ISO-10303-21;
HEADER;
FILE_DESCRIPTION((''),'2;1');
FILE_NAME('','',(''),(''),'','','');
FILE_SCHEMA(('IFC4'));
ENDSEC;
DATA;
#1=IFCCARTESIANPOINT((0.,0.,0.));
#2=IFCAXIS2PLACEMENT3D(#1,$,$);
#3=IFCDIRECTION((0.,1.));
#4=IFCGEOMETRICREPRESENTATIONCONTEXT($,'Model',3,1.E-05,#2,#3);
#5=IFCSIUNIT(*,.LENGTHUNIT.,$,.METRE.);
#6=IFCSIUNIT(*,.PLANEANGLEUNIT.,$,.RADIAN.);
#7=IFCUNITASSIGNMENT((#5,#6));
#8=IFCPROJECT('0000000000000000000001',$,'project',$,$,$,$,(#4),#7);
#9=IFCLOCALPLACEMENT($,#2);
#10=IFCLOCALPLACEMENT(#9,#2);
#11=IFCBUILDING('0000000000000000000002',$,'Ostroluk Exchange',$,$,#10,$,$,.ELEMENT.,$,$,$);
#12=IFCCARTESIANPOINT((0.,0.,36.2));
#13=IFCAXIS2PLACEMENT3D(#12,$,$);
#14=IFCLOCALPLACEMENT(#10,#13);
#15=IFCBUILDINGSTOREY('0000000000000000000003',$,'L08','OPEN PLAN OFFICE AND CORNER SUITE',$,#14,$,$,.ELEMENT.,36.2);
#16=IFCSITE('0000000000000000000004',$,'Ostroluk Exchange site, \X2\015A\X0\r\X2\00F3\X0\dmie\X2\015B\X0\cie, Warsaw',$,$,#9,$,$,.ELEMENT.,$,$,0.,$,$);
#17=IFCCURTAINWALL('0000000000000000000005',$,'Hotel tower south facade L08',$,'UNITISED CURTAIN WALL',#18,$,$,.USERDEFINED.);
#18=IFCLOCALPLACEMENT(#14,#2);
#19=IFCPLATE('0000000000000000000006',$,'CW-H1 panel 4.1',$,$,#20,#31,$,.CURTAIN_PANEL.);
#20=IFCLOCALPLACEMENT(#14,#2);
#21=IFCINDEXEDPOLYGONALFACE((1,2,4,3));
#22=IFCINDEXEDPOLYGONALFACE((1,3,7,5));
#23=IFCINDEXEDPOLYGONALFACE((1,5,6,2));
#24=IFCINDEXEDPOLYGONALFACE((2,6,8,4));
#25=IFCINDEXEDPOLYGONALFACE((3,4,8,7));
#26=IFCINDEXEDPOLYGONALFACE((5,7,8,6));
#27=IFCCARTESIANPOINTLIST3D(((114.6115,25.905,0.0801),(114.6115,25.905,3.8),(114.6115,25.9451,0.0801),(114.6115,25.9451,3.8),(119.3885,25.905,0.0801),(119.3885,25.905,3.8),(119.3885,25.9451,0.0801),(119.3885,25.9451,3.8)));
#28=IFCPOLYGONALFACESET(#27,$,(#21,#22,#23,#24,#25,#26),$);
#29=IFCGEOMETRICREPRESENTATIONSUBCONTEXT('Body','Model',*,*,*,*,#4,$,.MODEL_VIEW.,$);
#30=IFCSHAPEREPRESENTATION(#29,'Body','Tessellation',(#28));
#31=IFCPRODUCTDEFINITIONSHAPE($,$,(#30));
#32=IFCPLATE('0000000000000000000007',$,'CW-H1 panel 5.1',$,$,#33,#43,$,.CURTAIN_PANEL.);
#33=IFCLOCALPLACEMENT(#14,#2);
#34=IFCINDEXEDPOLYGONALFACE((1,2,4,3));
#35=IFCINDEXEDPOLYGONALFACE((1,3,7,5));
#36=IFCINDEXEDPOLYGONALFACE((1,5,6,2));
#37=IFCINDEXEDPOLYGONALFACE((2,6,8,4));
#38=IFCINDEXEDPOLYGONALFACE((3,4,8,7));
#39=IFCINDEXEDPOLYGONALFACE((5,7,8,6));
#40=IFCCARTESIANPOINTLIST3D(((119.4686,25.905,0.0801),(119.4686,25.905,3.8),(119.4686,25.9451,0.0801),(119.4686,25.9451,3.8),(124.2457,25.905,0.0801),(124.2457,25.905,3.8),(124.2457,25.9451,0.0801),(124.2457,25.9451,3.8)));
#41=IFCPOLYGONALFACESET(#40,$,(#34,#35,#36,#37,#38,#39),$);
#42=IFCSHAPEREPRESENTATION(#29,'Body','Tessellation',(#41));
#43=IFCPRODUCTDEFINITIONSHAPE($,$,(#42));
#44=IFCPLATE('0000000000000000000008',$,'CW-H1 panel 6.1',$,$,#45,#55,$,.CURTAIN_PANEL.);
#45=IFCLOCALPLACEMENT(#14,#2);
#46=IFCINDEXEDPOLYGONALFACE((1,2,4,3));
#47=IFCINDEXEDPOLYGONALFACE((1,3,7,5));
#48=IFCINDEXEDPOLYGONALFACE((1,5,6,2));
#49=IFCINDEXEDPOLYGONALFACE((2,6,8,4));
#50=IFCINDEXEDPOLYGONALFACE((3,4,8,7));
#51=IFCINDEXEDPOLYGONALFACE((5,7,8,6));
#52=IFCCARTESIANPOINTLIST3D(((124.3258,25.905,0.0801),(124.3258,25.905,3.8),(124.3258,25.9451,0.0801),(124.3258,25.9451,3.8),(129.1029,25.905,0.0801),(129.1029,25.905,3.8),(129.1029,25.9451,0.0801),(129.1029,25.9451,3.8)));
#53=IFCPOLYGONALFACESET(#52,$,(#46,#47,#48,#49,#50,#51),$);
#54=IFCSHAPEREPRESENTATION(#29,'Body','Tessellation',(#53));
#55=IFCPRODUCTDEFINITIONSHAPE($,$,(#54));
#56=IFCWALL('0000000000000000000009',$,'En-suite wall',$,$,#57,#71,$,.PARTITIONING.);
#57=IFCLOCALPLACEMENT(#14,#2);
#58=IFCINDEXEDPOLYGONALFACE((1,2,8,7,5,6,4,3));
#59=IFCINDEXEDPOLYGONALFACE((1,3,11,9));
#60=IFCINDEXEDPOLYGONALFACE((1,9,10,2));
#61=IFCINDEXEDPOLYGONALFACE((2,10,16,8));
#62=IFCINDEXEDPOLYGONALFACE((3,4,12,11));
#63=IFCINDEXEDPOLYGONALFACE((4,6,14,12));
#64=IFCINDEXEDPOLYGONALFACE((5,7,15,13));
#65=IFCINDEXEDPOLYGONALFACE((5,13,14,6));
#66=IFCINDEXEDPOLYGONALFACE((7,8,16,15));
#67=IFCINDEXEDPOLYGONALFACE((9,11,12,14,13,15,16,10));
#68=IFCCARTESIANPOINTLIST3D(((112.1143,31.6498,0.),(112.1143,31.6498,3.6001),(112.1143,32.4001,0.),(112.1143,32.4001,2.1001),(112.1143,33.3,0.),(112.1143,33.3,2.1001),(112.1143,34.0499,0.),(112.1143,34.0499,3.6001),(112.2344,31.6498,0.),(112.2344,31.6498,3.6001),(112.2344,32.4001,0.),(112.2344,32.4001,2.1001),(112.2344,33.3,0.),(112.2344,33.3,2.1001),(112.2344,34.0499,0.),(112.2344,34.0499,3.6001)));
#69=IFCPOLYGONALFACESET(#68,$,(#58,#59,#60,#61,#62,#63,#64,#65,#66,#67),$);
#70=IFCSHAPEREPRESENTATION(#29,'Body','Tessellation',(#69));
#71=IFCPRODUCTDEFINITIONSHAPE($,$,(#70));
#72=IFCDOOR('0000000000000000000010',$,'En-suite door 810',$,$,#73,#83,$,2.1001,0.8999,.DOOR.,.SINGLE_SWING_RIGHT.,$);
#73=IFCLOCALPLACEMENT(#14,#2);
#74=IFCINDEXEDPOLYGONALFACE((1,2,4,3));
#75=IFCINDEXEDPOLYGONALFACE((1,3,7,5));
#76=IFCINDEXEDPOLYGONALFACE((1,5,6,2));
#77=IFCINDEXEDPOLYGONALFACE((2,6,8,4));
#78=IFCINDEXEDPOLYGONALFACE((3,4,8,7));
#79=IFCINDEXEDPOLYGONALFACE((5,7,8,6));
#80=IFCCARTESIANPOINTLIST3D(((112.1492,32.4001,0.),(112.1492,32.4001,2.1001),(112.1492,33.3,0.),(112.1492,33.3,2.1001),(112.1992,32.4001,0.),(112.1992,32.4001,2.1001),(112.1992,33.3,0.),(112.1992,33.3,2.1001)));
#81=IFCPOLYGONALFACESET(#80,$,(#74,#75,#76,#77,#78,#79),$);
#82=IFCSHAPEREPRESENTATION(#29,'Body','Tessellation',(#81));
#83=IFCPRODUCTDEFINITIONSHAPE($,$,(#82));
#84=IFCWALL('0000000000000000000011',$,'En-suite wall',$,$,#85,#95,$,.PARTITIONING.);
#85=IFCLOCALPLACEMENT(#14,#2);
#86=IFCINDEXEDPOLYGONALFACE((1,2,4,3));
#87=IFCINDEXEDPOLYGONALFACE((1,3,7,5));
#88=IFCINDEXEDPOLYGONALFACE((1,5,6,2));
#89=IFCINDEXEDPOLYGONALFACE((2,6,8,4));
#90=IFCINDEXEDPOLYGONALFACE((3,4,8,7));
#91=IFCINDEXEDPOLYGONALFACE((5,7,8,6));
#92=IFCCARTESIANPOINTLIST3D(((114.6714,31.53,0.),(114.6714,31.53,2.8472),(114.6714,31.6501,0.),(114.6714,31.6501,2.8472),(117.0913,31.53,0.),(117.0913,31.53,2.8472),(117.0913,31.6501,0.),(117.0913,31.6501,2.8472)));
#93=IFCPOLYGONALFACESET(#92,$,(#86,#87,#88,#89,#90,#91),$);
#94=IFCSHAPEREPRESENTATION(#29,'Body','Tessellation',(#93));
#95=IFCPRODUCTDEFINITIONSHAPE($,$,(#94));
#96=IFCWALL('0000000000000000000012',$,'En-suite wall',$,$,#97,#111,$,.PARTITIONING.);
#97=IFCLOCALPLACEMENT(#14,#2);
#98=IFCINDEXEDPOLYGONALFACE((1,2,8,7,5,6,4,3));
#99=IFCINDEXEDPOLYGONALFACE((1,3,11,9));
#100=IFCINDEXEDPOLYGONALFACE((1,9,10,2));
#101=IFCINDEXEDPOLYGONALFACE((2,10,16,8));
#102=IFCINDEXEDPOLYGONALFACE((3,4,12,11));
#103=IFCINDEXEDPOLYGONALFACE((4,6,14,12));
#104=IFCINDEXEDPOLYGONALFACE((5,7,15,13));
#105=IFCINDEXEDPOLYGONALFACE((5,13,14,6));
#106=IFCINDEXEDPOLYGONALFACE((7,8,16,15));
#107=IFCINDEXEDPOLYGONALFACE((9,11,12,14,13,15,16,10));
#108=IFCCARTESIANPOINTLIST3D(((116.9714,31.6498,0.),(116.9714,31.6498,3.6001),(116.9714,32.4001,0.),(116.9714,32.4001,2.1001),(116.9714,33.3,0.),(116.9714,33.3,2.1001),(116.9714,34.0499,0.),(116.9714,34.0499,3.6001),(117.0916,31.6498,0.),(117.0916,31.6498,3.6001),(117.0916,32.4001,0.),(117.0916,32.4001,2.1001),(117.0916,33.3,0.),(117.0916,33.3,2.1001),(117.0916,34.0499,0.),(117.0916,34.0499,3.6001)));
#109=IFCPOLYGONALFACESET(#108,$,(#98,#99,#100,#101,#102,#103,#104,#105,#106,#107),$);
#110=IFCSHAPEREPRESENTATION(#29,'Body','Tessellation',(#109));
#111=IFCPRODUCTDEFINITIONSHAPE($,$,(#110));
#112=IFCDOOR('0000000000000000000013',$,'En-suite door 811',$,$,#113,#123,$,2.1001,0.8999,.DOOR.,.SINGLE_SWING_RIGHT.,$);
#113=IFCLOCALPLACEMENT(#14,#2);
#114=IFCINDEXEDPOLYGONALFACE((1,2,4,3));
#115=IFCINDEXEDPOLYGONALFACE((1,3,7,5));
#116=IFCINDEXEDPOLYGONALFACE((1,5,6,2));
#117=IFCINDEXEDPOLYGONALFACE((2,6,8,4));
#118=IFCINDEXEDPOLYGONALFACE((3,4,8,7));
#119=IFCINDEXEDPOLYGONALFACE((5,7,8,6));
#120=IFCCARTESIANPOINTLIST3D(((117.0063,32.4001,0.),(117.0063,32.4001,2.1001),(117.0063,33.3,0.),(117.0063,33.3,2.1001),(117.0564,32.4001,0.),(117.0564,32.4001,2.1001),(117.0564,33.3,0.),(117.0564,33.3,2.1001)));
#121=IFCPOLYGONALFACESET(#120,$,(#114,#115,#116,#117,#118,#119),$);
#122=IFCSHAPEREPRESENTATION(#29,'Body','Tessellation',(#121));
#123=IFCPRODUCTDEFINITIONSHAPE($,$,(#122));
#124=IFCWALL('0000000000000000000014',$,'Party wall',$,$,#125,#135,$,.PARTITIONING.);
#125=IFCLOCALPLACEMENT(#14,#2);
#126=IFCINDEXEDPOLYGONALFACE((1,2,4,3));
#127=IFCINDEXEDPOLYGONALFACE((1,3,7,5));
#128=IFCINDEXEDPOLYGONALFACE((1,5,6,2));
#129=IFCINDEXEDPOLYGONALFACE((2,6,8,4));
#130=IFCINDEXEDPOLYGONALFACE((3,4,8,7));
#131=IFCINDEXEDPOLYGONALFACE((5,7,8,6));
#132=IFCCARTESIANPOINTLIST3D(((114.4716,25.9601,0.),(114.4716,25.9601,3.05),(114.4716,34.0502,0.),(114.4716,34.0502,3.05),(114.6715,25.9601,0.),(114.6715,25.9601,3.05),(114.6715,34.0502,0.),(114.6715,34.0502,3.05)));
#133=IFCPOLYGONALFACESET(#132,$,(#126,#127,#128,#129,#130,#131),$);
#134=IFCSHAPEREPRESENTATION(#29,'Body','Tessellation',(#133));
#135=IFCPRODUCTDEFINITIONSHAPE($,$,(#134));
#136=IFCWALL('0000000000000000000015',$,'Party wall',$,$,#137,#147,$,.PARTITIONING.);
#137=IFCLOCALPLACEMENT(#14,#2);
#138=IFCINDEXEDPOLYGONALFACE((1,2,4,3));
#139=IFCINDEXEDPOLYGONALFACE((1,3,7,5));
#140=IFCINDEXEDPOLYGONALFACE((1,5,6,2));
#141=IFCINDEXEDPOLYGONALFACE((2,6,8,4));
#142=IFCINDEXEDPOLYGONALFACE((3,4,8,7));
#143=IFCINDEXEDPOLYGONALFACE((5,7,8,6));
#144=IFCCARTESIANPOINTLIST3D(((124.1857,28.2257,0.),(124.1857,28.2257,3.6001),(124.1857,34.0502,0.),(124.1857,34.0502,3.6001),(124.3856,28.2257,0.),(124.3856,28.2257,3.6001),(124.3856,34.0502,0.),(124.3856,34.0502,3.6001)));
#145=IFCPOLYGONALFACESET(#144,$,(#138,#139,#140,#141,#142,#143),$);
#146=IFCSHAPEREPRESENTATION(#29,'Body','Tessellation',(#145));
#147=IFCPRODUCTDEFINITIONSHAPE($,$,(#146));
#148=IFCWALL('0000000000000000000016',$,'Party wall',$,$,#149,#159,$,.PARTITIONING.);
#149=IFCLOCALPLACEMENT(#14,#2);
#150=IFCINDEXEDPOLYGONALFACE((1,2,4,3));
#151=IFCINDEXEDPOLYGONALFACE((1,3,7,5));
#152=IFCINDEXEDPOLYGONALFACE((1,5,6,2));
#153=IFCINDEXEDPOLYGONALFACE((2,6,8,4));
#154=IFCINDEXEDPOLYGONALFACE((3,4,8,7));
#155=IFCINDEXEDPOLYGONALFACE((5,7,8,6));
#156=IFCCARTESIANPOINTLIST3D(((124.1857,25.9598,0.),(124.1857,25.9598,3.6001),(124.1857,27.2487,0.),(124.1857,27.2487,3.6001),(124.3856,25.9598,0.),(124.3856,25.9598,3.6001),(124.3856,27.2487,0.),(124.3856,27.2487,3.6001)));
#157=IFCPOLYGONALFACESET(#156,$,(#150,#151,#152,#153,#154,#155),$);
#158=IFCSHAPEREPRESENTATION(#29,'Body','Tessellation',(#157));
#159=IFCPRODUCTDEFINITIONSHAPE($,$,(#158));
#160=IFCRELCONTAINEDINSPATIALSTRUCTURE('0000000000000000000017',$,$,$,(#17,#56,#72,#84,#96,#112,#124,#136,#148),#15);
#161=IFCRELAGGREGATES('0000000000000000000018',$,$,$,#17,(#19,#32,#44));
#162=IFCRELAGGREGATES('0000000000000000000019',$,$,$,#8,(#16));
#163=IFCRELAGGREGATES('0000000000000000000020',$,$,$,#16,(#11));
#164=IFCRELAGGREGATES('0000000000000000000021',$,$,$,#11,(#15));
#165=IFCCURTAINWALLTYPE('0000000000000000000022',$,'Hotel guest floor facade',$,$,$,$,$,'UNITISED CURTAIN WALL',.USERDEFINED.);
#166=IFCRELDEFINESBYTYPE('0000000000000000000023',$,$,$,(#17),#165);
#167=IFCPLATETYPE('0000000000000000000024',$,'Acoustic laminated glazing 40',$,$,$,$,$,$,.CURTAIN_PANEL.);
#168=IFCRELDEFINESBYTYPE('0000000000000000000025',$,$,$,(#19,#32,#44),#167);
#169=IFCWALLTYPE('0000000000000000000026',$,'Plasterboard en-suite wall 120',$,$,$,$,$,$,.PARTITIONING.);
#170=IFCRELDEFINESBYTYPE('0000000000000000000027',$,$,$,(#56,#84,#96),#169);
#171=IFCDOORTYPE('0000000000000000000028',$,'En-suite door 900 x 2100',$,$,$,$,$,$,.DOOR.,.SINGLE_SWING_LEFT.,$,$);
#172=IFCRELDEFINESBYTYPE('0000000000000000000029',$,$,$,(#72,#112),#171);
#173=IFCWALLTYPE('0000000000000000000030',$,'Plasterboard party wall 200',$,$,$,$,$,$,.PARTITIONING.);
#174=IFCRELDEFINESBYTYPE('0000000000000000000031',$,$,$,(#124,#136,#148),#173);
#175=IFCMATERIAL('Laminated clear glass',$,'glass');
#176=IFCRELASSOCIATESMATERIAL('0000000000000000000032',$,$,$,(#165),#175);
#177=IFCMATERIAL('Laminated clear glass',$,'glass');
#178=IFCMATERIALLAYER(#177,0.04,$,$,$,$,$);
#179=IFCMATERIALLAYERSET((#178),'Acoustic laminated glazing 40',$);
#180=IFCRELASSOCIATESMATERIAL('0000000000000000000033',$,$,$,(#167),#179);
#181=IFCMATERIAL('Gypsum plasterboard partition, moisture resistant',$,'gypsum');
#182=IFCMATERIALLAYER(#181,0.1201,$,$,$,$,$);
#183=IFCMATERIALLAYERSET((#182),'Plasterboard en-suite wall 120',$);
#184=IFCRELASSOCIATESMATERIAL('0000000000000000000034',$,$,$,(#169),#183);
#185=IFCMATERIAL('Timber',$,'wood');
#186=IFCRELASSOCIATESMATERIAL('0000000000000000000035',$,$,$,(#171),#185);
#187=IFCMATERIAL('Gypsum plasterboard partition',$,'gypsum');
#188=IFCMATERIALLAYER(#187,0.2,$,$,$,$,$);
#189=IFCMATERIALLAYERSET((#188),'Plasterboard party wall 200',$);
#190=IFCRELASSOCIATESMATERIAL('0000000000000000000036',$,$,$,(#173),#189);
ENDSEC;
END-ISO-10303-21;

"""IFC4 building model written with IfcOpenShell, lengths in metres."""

from ifc_helpers import new_model, si_unit, direction, frame, frame_2d, origin, origin_2d, place, context, subcontext, project, spatial, rectangle, extrude, material, layer, layer_set, type_object, element, fill, aggregate, save


model = new_model("IFC4")

# Units and contexts
model_context = context("Model", 3, precision=1e-05, world=origin(), true_north=direction((0.0, 1.0)))
body_context = subcontext(model_context, "Body", "Model", "MODEL_VIEW")
ifc_project = project(units=[si_unit("LENGTHUNIT", "METRE"), si_unit("PLANEANGLEUNIT", "RADIAN")], contexts=[model_context])

# Site, building, storey
site_placement = place(None, origin())
site = spatial("IfcSite", under=ifc_project, at=site_placement, Name="Ostroluk Exchange site, Śródmieście, Warsaw", CompositionType="ELEMENT", RefElevation=0.0)
building_placement = place(site_placement, origin())
building = spatial("IfcBuilding", under=site, at=building_placement, Name="Ostroluk Exchange", CompositionType="ELEMENT")
storey_placement = place(building_placement, frame((0.0, 0.0, 36.2)))
storey = spatial("IfcBuildingStorey", under=building, at=storey_placement, Name="L08", Description="OPEN PLAN OFFICE AND CORNER SUITE", CompositionType="ELEMENT", Elevation=36.2)

# Curtain wall, plates
ifc_material_1 = material(Name="Laminated clear glass", Category="glass")
curtain_wall_type = type_object("IfcCurtainWallType", Name="Hotel guest floor facade", ElementType="UNITISED CURTAIN WALL", PredefinedType="USERDEFINED", material=ifc_material_1)
curtain_wall_placement = place(storey_placement, origin())
curtain_wall = element("IfcCurtainWall", 1, at=curtain_wall_placement, inside=storey, type_object=curtain_wall_type, Name="Hotel tower south facade L08", ObjectType="UNITISED CURTAIN WALL", PredefinedType="USERDEFINED")
ifc_material_2 = material(Name="Laminated clear glass", Category="glass")
ifc_layer_1 = layer(ifc_material_2, 0.04)
ifc_layer_set_1 = layer_set([ifc_layer_1], Name="Acoustic laminated glazing 40")
plate_type = type_object("IfcPlateType", Name="Acoustic laminated glazing 40", PredefinedType="CURTAIN_PANEL", material=ifc_layer_set_1)
plate_1_placement = place(storey_placement, frame((117.0, 25.925, 0.0801), z_axis=(0.0, 0.0, 1.0), x_axis=(1.0, 0.0, 0.0)))
plate_1 = element("IfcPlate", 2, at=plate_1_placement, type_object=plate_type, Name="CW-H1 panel 4.1", PredefinedType="CURTAIN_PANEL", context=body_context, shape_type="SweptSolid", body=[
    extrude(rectangle(XDim=4.7771, YDim=0.04, at=origin_2d()), origin(), (0.0, 0.0, 1.0), 3.72),
])
plate_2_placement = place(storey_placement, frame((121.8572, 25.925, 0.0801), z_axis=(0.0, 0.0, 1.0), x_axis=(1.0, 0.0, 0.0)))
plate_2 = element("IfcPlate", 3, at=plate_2_placement, type_object=plate_type, Name="CW-H1 panel 5.1", PredefinedType="CURTAIN_PANEL", context=body_context, shape_type="SweptSolid", body=[
    extrude(rectangle(XDim=4.7771, YDim=0.04, at=origin_2d()), origin(), (0.0, 0.0, 1.0), 3.72),
])
plate_3_placement = place(storey_placement, frame((126.7144, 25.925, 0.0801), z_axis=(0.0, 0.0, 1.0), x_axis=(1.0, 0.0, 0.0)))
plate_3 = element("IfcPlate", 4, at=plate_3_placement, type_object=plate_type, Name="CW-H1 panel 6.1", PredefinedType="CURTAIN_PANEL", context=body_context, shape_type="SweptSolid", body=[
    extrude(rectangle(XDim=4.7771, YDim=0.04, at=origin_2d()), origin(), (0.0, 0.0, 1.0), 3.72),
])
aggregate(curtain_wall, [plate_1, plate_2, plate_3])

# Wall, opening, door
ifc_material_3 = material(Name="Gypsum plasterboard partition, moisture resistant", Category="gypsum")
ifc_layer_2 = layer(ifc_material_3, 0.1201)
ifc_layer_set_2 = layer_set([ifc_layer_2], Name="Plasterboard en-suite wall 120")
wall_type_1 = type_object("IfcWallType", Name="Plasterboard en-suite wall 120", PredefinedType="PARTITIONING", material=ifc_layer_set_2)
wall_1_placement = place(storey_placement, frame((112.1743, 34.05, 0.0), z_axis=(0.0, 0.0, 1.0), x_axis=(0.0, -1.0, 0.0)))
wall_1 = element("IfcWall", 5, at=wall_1_placement, inside=storey, type_object=wall_type_1, Name="En-suite wall", PredefinedType="PARTITIONING", context=body_context, shape_type="SweptSolid", body=[
    extrude(rectangle(XDim=2.4001, YDim=0.1201, at=frame_2d((1.2002, 0.0))), origin(), (0.0, 0.0, 1.0), 3.6001),
])
opening_1_placement = place(wall_1_placement, frame((0.75, 0.0, 0.0)))
opening_1 = element("IfcOpeningElement", 6, at=opening_1_placement, cuts=wall_1, PredefinedType="OPENING", context=body_context, shape_type="SweptSolid", body=[
    extrude(rectangle(XDim=0.8999, YDim=2.1001, at=frame_2d((0.45, 1.05))), frame((0.0, 0.0701, 0.0), z_axis=(0.0, -1.0, 0.0), x_axis=(1.0, 0.0, 0.0)), (0.0, 0.0, 1.0), 0.1401),
])
ifc_material_4 = material(Name="Timber", Category="wood")
door_type = type_object("IfcDoorType", Name="En-suite door 900 x 2100", OperationType="SINGLE_SWING_LEFT", PredefinedType="DOOR", material=ifc_material_4)
door_1_placement = place(opening_1_placement, origin())
door_1 = element("IfcDoor", 7, at=door_1_placement, inside=storey, type_object=door_type, Name="En-suite door 810", OperationType="SINGLE_SWING_RIGHT", OverallHeight=2.1001, OverallWidth=0.8999, PredefinedType="DOOR", context=body_context, shape_type="SweptSolid", body=[
    extrude(rectangle(XDim=0.8999, YDim=2.1001, at=frame_2d((0.45, 1.05))), frame((0.0, 0.0249, 0.0), z_axis=(0.0, -1.0, 0.0), x_axis=(1.0, 0.0, 0.0)), (0.0, 0.0, 1.0), 0.05),
])
fill(opening_1, door_1)

# Wall
wall_2_placement = place(storey_placement, frame((114.6714, 31.5901, 0.0), z_axis=(0.0, 0.0, 1.0), x_axis=(1.0, 0.0, 0.0)))
element("IfcWall", 8, at=wall_2_placement, inside=storey, type_object=wall_type_1, Name="En-suite wall", PredefinedType="PARTITIONING", context=body_context, shape_type="SweptSolid", body=[
    extrude(rectangle(XDim=2.4199, YDim=0.1201, at=frame_2d((1.21, 0.0))), origin(), (0.0, 0.0, 1.0), 2.8472),
])

# Wall, opening, door
wall_3_placement = place(storey_placement, frame((117.0315, 34.05, 0.0), z_axis=(0.0, 0.0, 1.0), x_axis=(0.0, -1.0, 0.0)))
wall_3 = element("IfcWall", 9, at=wall_3_placement, inside=storey, type_object=wall_type_1, Name="En-suite wall", PredefinedType="PARTITIONING", context=body_context, shape_type="SweptSolid", body=[
    extrude(rectangle(XDim=2.4001, YDim=0.1201, at=frame_2d((1.2002, 0.0))), origin(), (0.0, 0.0, 1.0), 3.6001),
])
opening_2_placement = place(wall_3_placement, frame((0.75, 0.0, 0.0)))
opening_2 = element("IfcOpeningElement", 10, at=opening_2_placement, cuts=wall_3, PredefinedType="OPENING", context=body_context, shape_type="SweptSolid", body=[
    extrude(rectangle(XDim=0.8999, YDim=2.1001, at=frame_2d((0.45, 1.05))), frame((0.0, 0.0701, 0.0), z_axis=(0.0, -1.0, 0.0), x_axis=(1.0, 0.0, 0.0)), (0.0, 0.0, 1.0), 0.1401),
])
door_2_placement = place(opening_2_placement, origin())
door_2 = element("IfcDoor", 11, at=door_2_placement, inside=storey, type_object=door_type, Name="En-suite door 811", OperationType="SINGLE_SWING_RIGHT", OverallHeight=2.1001, OverallWidth=0.8999, PredefinedType="DOOR", context=body_context, shape_type="SweptSolid", body=[
    extrude(rectangle(XDim=0.8999, YDim=2.1001, at=frame_2d((0.45, 1.05))), frame((0.0, 0.0249, 0.0), z_axis=(0.0, -1.0, 0.0), x_axis=(1.0, 0.0, 0.0)), (0.0, 0.0, 1.0), 0.05),
])
fill(opening_2, door_2)

# Walls
ifc_material_5 = material(Name="Gypsum plasterboard partition", Category="gypsum")
ifc_layer_3 = layer(ifc_material_5, 0.2)
ifc_layer_set_3 = layer_set([ifc_layer_3], Name="Plasterboard party wall 200")
wall_type_2 = type_object("IfcWallType", Name="Plasterboard party wall 200", PredefinedType="PARTITIONING", material=ifc_layer_set_3)
wall_4_placement = place(storey_placement, frame((114.5715, 34.05, 0.0), z_axis=(0.0, 0.0, 1.0), x_axis=(0.0, -1.0, 0.0)))
element("IfcWall", 12, at=wall_4_placement, inside=storey, type_object=wall_type_2, Name="Party wall", PredefinedType="PARTITIONING", context=body_context, shape_type="SweptSolid", body=[
    extrude(rectangle(XDim=8.0901, YDim=0.2, at=frame_2d((4.0449, 0.0))), origin(), (0.0, 0.0, 1.0), 3.05),
])
wall_5_placement = place(storey_placement, frame((124.2856, 34.05, 0.0), z_axis=(0.0, 0.0, 1.0), x_axis=(0.0, -1.0, 0.0)))
element("IfcWall", 13, at=wall_5_placement, inside=storey, type_object=wall_type_2, Name="Party wall", PredefinedType="PARTITIONING", context=body_context, shape_type="SweptSolid", body=[
    extrude(rectangle(XDim=5.8245, YDim=0.2, at=frame_2d((2.9121, 0.0))), origin(), (0.0, 0.0, 1.0), 3.6001),
])
wall_6_placement = place(storey_placement, frame((124.2856, 27.2488, 0.0), z_axis=(0.0, 0.0, 1.0), x_axis=(0.0, -1.0, 0.0)))
element("IfcWall", 14, at=wall_6_placement, inside=storey, type_object=wall_type_2, Name="Party wall", PredefinedType="PARTITIONING", context=body_context, shape_type="SweptSolid", body=[
    extrude(rectangle(XDim=1.2888, YDim=0.2, at=frame_2d((0.6445, 0.0))), origin(), (0.0, 0.0, 1.0), 3.6001),
])

save(model, "model.ifc")
